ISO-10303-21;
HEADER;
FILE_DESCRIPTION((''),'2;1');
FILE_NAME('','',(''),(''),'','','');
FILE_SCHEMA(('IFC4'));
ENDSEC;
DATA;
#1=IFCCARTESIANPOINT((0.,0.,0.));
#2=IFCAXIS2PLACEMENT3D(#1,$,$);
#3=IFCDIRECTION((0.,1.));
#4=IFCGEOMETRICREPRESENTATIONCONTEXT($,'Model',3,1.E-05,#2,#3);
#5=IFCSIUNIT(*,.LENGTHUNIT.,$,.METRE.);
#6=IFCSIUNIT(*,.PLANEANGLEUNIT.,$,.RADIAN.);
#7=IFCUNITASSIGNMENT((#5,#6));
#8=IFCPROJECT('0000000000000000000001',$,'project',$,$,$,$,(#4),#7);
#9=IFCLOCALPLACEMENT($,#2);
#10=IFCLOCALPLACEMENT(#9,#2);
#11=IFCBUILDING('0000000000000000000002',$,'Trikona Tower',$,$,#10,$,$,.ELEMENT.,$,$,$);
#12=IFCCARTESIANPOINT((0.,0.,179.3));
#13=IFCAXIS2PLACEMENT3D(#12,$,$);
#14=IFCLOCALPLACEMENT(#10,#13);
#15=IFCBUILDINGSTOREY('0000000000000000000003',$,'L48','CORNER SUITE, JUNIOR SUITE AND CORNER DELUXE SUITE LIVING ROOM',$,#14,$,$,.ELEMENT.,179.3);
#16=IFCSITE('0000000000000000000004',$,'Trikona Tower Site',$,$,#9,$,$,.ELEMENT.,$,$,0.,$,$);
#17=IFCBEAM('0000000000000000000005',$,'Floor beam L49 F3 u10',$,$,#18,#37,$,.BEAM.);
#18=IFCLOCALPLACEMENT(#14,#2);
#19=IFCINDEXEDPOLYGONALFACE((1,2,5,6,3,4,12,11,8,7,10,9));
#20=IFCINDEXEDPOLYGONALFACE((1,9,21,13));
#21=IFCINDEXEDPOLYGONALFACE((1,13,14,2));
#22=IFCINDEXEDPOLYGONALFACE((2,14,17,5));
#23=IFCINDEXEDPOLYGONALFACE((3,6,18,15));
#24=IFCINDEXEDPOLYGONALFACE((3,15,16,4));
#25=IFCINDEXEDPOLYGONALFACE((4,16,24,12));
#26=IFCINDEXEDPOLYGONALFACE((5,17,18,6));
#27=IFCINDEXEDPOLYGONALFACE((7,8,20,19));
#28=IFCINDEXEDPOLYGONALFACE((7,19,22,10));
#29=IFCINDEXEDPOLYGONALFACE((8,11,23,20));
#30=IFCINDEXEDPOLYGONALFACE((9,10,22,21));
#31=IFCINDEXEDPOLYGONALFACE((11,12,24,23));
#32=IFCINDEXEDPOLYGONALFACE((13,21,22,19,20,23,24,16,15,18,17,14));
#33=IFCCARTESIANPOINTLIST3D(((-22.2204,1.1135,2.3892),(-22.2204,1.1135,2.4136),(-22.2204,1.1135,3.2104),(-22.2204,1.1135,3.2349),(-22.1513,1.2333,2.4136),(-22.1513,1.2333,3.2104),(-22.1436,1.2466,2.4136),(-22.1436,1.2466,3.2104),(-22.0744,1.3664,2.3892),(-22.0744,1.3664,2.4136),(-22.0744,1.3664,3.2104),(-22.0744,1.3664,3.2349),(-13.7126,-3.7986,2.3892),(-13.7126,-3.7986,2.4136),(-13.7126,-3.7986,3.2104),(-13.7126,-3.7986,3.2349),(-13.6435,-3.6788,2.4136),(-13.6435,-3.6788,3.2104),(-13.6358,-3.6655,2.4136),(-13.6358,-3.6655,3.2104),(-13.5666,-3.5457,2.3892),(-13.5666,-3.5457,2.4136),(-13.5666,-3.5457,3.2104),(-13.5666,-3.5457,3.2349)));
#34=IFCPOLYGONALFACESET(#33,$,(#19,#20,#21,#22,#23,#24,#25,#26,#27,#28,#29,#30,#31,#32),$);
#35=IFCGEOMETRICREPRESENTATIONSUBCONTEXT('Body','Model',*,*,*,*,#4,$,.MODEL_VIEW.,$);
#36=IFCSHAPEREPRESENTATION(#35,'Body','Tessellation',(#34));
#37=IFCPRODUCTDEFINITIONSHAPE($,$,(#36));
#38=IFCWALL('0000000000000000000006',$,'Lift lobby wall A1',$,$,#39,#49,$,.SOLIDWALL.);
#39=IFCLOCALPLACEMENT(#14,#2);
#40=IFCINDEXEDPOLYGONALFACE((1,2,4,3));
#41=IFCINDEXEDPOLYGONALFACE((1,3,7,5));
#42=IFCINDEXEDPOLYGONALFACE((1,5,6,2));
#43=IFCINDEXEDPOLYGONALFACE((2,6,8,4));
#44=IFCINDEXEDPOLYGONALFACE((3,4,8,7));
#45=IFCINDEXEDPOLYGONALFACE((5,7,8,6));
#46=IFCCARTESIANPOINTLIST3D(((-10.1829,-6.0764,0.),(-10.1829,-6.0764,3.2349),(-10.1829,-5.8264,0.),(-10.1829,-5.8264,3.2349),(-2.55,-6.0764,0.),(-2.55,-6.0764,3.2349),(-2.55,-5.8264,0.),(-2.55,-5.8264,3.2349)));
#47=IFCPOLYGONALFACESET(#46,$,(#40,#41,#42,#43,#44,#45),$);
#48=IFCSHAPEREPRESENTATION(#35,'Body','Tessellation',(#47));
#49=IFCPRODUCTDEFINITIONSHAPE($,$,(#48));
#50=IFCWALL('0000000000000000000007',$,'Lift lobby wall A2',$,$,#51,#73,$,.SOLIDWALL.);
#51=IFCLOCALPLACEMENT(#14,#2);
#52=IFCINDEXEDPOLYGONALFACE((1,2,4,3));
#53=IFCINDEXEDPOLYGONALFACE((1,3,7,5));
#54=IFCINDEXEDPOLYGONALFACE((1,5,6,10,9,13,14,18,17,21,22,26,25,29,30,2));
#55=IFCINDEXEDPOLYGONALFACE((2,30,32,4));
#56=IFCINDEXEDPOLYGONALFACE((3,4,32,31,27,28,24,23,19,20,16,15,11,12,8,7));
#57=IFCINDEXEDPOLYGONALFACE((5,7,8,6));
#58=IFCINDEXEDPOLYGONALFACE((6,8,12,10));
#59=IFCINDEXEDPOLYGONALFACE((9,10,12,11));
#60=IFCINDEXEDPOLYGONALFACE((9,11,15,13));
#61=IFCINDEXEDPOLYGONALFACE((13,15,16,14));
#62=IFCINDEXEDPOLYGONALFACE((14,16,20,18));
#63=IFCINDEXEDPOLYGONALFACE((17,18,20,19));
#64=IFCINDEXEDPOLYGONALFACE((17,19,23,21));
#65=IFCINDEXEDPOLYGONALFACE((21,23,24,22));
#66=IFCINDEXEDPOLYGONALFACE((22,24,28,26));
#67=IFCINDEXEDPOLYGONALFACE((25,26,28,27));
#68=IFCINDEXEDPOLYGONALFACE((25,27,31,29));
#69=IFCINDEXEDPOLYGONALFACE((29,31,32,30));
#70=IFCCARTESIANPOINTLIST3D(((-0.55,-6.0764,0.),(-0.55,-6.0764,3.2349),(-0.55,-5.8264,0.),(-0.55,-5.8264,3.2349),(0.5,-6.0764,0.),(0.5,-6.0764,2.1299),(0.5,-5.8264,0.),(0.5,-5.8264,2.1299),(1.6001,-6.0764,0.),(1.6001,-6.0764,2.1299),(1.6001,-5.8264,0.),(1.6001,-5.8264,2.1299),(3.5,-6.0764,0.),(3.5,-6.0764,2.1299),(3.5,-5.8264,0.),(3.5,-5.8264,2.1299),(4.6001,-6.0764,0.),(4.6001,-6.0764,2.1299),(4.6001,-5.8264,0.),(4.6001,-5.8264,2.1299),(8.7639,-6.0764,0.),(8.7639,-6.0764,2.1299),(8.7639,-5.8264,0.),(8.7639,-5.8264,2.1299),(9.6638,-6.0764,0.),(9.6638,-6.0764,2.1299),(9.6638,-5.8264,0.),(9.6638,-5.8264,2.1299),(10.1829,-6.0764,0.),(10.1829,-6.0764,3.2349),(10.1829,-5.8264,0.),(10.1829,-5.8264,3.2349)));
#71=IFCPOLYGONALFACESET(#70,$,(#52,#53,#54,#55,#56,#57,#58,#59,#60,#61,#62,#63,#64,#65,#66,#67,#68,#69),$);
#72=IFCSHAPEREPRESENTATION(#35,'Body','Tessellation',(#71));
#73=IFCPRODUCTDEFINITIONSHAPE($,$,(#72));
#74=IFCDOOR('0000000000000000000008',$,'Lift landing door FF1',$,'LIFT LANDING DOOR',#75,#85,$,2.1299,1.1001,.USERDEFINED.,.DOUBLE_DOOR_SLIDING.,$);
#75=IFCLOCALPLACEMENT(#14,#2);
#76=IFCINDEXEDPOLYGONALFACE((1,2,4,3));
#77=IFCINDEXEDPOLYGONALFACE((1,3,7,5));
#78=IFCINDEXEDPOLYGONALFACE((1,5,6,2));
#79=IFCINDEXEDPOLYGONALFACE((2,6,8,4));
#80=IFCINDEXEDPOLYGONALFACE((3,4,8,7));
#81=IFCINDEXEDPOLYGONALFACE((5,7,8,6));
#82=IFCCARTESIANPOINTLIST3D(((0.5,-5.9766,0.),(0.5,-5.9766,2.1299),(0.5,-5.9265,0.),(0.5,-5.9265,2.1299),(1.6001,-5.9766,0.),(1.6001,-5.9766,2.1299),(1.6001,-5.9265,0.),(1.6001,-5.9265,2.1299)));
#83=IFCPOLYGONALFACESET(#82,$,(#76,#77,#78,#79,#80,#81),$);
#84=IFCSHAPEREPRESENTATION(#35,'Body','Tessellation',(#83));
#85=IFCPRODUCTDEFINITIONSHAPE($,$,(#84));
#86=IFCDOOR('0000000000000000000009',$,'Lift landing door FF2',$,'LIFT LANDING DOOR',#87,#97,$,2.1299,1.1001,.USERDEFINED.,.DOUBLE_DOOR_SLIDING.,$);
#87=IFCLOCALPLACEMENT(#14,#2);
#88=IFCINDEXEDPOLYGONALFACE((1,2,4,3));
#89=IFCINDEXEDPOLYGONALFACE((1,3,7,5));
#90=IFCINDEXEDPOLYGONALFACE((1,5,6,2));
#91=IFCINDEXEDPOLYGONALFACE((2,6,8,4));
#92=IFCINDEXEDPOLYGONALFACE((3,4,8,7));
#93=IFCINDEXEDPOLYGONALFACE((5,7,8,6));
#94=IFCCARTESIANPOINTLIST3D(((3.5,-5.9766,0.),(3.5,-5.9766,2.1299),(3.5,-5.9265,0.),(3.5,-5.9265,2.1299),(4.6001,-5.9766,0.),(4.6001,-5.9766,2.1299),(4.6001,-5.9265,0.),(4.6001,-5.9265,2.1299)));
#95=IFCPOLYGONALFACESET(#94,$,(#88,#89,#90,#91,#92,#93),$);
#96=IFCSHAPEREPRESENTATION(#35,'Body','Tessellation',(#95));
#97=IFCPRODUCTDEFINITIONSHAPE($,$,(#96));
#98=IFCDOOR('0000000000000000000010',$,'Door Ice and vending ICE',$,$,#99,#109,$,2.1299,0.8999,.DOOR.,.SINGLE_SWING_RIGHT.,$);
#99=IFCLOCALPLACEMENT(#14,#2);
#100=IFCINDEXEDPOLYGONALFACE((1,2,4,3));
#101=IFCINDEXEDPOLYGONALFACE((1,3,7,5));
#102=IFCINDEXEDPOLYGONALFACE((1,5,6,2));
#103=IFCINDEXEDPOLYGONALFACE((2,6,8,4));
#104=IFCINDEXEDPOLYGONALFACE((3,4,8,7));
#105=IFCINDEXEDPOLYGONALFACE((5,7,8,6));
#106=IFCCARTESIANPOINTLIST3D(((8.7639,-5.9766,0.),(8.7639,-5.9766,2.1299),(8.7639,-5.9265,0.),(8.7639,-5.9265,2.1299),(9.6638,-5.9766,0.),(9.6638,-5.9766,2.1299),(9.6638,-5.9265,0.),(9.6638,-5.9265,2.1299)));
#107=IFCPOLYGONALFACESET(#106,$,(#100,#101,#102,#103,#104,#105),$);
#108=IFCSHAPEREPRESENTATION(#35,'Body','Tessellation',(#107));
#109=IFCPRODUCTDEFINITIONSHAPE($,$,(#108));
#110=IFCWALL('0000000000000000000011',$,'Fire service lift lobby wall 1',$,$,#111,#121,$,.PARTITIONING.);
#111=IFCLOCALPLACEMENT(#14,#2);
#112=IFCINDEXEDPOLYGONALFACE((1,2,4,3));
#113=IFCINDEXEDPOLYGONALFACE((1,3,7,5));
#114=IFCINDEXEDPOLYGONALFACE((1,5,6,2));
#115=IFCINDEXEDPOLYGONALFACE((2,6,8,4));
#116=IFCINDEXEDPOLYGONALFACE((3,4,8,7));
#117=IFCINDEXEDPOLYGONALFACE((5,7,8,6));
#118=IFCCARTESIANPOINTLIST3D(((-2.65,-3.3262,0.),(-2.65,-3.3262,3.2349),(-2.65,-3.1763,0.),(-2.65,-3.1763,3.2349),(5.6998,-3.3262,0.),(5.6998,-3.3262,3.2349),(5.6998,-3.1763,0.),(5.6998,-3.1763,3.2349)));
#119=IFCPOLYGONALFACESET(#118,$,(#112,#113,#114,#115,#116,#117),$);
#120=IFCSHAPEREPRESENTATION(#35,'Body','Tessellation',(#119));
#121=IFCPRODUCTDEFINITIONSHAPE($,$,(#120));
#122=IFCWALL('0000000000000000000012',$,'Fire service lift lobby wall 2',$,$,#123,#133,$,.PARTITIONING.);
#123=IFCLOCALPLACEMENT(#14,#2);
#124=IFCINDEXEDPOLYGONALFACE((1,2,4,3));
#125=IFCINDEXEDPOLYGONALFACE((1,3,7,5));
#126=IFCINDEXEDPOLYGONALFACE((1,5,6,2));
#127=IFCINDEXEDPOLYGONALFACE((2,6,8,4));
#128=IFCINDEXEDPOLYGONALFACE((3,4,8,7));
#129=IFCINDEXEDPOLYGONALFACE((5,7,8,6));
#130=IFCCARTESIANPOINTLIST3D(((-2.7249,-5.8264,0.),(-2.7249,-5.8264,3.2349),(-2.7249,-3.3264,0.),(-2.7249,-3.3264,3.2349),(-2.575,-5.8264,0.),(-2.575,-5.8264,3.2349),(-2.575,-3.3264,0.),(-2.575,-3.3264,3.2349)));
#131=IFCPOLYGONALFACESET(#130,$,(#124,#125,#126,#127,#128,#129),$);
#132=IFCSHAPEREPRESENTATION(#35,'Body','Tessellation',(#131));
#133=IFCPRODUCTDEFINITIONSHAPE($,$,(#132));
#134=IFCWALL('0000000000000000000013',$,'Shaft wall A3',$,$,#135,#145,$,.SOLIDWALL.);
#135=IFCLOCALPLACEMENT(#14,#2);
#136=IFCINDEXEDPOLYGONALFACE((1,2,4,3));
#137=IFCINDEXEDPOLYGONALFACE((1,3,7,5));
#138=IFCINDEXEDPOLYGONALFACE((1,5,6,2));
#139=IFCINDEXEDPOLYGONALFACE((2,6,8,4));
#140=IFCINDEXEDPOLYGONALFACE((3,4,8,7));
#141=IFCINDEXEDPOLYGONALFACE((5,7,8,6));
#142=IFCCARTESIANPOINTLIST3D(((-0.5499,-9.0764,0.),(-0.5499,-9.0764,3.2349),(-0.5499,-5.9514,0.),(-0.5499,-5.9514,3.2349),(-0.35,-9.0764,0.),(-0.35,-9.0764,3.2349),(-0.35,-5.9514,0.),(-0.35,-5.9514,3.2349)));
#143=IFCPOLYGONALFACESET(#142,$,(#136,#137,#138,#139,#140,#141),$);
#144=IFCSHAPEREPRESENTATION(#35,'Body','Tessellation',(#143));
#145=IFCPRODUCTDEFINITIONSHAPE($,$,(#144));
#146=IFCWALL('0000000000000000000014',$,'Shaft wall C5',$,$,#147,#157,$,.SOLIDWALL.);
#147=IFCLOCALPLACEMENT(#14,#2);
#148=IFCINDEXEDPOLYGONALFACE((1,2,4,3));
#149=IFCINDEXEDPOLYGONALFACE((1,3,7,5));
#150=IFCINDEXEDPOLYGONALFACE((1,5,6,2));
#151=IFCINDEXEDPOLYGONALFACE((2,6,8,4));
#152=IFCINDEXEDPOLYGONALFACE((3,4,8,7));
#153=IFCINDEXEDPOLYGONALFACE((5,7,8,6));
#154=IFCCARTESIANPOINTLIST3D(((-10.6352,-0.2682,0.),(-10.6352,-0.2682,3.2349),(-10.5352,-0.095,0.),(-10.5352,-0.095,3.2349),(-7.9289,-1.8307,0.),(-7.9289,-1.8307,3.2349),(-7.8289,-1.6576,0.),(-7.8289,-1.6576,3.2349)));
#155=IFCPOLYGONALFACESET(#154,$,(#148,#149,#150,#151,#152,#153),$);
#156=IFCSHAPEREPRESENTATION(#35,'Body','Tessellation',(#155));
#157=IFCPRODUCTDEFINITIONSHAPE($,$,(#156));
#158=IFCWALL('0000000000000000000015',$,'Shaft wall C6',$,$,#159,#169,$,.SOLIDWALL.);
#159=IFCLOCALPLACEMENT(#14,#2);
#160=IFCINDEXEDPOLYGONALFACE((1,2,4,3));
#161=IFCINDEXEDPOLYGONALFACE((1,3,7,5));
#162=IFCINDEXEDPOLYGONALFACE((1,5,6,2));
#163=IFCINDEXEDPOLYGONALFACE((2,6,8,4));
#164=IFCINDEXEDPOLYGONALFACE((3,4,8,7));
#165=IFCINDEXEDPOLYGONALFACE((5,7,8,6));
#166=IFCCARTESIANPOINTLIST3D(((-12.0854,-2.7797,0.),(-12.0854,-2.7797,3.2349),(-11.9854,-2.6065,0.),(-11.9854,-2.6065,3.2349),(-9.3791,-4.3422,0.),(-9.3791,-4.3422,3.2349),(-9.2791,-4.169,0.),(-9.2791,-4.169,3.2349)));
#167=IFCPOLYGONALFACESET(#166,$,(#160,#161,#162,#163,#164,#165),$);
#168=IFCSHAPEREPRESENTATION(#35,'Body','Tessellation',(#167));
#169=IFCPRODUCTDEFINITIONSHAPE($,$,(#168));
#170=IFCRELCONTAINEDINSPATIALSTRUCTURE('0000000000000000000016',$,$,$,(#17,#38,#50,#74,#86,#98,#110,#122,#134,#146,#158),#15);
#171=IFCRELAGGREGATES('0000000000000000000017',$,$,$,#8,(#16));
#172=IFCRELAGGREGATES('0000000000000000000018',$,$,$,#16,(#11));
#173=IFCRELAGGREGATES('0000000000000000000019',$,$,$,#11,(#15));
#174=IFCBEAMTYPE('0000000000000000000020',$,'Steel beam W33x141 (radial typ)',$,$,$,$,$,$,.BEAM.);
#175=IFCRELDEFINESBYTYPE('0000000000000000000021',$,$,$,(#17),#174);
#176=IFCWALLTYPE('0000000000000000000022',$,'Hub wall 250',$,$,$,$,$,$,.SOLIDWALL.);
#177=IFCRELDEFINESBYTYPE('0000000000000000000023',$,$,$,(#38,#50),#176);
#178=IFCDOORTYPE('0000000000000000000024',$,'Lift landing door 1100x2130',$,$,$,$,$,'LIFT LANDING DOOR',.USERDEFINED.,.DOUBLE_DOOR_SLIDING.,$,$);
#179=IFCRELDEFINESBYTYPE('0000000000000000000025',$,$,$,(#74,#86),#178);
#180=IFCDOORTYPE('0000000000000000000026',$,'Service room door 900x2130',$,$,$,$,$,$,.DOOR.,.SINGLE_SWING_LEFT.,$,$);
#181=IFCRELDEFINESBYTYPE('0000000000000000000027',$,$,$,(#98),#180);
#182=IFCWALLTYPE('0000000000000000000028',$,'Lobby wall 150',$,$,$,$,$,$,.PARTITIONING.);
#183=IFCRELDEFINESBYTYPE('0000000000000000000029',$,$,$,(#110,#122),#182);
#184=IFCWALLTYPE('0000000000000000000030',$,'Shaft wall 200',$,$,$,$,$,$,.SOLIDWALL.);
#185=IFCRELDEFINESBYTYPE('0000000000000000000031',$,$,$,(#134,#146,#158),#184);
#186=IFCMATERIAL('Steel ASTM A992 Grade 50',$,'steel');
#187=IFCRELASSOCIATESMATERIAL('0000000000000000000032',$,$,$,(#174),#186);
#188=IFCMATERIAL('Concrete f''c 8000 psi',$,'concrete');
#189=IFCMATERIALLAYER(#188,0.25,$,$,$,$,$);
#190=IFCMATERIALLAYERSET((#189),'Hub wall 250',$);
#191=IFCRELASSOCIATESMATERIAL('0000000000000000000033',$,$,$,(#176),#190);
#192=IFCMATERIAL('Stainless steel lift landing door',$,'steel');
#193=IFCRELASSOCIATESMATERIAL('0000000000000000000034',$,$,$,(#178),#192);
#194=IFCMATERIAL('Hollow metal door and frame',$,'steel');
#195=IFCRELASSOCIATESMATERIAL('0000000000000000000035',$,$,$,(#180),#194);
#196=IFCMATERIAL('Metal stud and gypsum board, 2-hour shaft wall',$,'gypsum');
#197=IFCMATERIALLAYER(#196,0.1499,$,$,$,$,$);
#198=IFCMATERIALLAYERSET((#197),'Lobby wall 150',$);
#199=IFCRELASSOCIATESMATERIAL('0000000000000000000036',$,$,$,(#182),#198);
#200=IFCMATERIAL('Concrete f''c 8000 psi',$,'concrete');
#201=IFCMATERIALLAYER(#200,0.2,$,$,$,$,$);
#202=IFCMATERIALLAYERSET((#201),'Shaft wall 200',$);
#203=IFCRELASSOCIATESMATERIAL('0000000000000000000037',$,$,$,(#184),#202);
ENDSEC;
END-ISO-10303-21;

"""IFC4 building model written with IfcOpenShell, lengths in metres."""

from ifc_helpers import new_model, si_unit, direction, frame, frame_2d, origin, origin_2d, place, context, subcontext, project, spatial, rectangle, i_section, extrude, material, layer, layer_set, material_profile, profile_set, type_object, element, fill, save


model = new_model("IFC4")

# Units and contexts
model_context = context("Model", 3, precision=1e-05, world=origin(), true_north=direction((0.0, 1.0)))
body_context = subcontext(model_context, "Body", "Model", "MODEL_VIEW")
ifc_project = project(units=[si_unit("LENGTHUNIT", "METRE"), si_unit("PLANEANGLEUNIT", "RADIAN")], contexts=[model_context])

# Site, building, storey
site_placement = place(None, origin())
site = spatial("IfcSite", under=ifc_project, at=site_placement, Name="Trikona Tower Site", CompositionType="ELEMENT", RefElevation=0.0)
building_placement = place(site_placement, origin())
building = spatial("IfcBuilding", under=site, at=building_placement, Name="Trikona Tower", CompositionType="ELEMENT")
storey_placement = place(building_placement, frame((0.0, 0.0, 179.3)))
storey = spatial("IfcBuildingStorey", under=building, at=storey_placement, Name="L48", Description="CORNER SUITE, JUNIOR SUITE AND CORNER DELUXE SUITE LIVING ROOM", CompositionType="ELEMENT", Elevation=179.3)

# Beam
ifc_material_1 = material(Name="Steel ASTM A992 Grade 50", Category="steel")
ifc_material_profile = material_profile(ifc_material_1, i_section(OverallWidth=0.292, OverallDepth=0.8457, WebThickness=0.0154, FlangeThickness=0.0244, at=origin_2d()), Name="W33X141")
ifc_profile_set = profile_set([ifc_material_profile], Name="Steel ASTM A992 Grade 50")
beam_type = type_object("IfcBeamType", Name="Steel beam W33x141 (radial typ)", PredefinedType="BEAM", material=ifc_profile_set)
beam_placement = place(storey_placement, frame((-13.6396, -3.6721, 2.812), z_axis=(-0.86602, 0.500009, 0.0), x_axis=(-0.500009, -0.86602, 0.0)))
element("IfcBeam", 1, at=beam_placement, inside=storey, type_object=beam_type, Name="Floor beam L49 F3 u10", PredefinedType="BEAM", context=body_context, shape_type="SweptSolid", body=[
    extrude(i_section(OverallWidth=0.292, OverallDepth=0.8457, WebThickness=0.0154, FlangeThickness=0.0244, at=origin_2d()), origin(), (0.0, 0.0, 1.0), 9.824),
])

# Wall
ifc_material_2 = material(Name="Concrete f'c 8000 psi", Category="concrete")
ifc_layer_1 = layer(ifc_material_2, 0.25)
ifc_layer_set_1 = layer_set([ifc_layer_1], Name="Hub wall 250")
wall_type_1 = type_object("IfcWallType", Name="Hub wall 250", PredefinedType="SOLIDWALL", material=ifc_layer_set_1)
wall_1_placement = place(storey_placement, frame((-10.1829, -5.9514, 0.0), z_axis=(0.0, 0.0, 1.0), x_axis=(1.0, 0.0, 0.0)))
element("IfcWall", 2, at=wall_1_placement, inside=storey, type_object=wall_type_1, Name="Lift lobby wall A1", PredefinedType="SOLIDWALL", context=body_context, shape_type="SweptSolid", body=[
    extrude(rectangle(XDim=7.6328, YDim=0.25, at=frame_2d((3.8164, 0.0))), origin(), (0.0, 0.0, 1.0), 3.2349),
])

# Wall, openings, doors
wall_2_placement = place(storey_placement, frame((-0.55, -5.9514, 0.0), z_axis=(0.0, 0.0, 1.0), x_axis=(1.0, 0.0, 0.0)))
wall_2 = element("IfcWall", 3, at=wall_2_placement, inside=storey, type_object=wall_type_1, Name="Lift lobby wall A2", PredefinedType="SOLIDWALL", context=body_context, shape_type="SweptSolid", body=[
    extrude(rectangle(XDim=10.7329, YDim=0.25, at=frame_2d((5.3665, 0.0))), origin(), (0.0, 0.0, 1.0), 3.2349),
])
opening_1_placement = place(wall_2_placement, frame((9.314, 0.0, 0.0)))
opening_1 = element("IfcOpeningElement", 4, at=opening_1_placement, cuts=wall_2, PredefinedType="OPENING", context=body_context, shape_type="SweptSolid", body=[
    extrude(rectangle(XDim=0.8999, YDim=2.1299, at=frame_2d((0.45, 1.0649))), frame((0.0, 0.135, 0.0), z_axis=(0.0, -1.0, 0.0), x_axis=(1.0, 0.0, 0.0)), (0.0, 0.0, 1.0), 0.27),
])
opening_2_placement = place(wall_2_placement, frame((1.05, 0.0, 0.0)))
opening_2 = element("IfcOpeningElement", 5, at=opening_2_placement, cuts=wall_2, PredefinedType="OPENING", context=body_context, shape_type="SweptSolid", body=[
    extrude(rectangle(XDim=1.1001, YDim=2.1299, at=frame_2d((0.55, 1.0649))), frame((0.0, 0.135, 0.0), z_axis=(0.0, -1.0, 0.0), x_axis=(1.0, 0.0, 0.0)), (0.0, 0.0, 1.0), 0.27),
])
opening_3_placement = place(wall_2_placement, frame((4.05, 0.0, 0.0)))
opening_3 = element("IfcOpeningElement", 6, at=opening_3_placement, cuts=wall_2, PredefinedType="OPENING", context=body_context, shape_type="SweptSolid", body=[
    extrude(rectangle(XDim=1.1001, YDim=2.1299, at=frame_2d((0.55, 1.0649))), frame((0.0, 0.135, 0.0), z_axis=(0.0, -1.0, 0.0), x_axis=(1.0, 0.0, 0.0)), (0.0, 0.0, 1.0), 0.27),
])
ifc_material_3 = material(Name="Stainless steel lift landing door", Category="steel")
door_type_1 = type_object("IfcDoorType", Name="Lift landing door 1100x2130", ElementType="LIFT LANDING DOOR", OperationType="DOUBLE_DOOR_SLIDING", PredefinedType="USERDEFINED", material=ifc_material_3)
door_1_placement = place(opening_2_placement, origin())
door_1 = element("IfcDoor", 7, at=door_1_placement, inside=storey, type_object=door_type_1, Name="Lift landing door FF1", ObjectType="LIFT LANDING DOOR", OperationType="DOUBLE_DOOR_SLIDING", OverallHeight=2.1299, OverallWidth=1.1001, PredefinedType="USERDEFINED", context=body_context, shape_type="SweptSolid", body=[
    extrude(rectangle(XDim=1.1001, YDim=2.1299, at=frame_2d((0.55, 1.0649))), frame((0.0, 0.0249, 0.0), z_axis=(0.0, -1.0, 0.0), x_axis=(1.0, 0.0, 0.0)), (0.0, 0.0, 1.0), 0.05),
])
fill(opening_2, door_1)
door_2_placement = place(opening_3_placement, origin())
door_2 = element("IfcDoor", 8, at=door_2_placement, inside=storey, type_object=door_type_1, Name="Lift landing door FF2", ObjectType="LIFT LANDING DOOR", OperationType="DOUBLE_DOOR_SLIDING", OverallHeight=2.1299, OverallWidth=1.1001, PredefinedType="USERDEFINED", context=body_context, shape_type="SweptSolid", body=[
    extrude(rectangle(XDim=1.1001, YDim=2.1299, at=frame_2d((0.55, 1.0649))), frame((0.0, 0.0249, 0.0), z_axis=(0.0, -1.0, 0.0), x_axis=(1.0, 0.0, 0.0)), (0.0, 0.0, 1.0), 0.05),
])
fill(opening_3, door_2)
ifc_material_4 = material(Name="Hollow metal door and frame", Category="steel")
door_type_2 = type_object("IfcDoorType", Name="Service room door 900x2130", OperationType="SINGLE_SWING_LEFT", PredefinedType="DOOR", material=ifc_material_4)
door_3_placement = place(opening_1_placement, origin())
door_3 = element("IfcDoor", 9, at=door_3_placement, inside=storey, type_object=door_type_2, Name="Door Ice and vending ICE", OperationType="SINGLE_SWING_RIGHT", OverallHeight=2.1299, OverallWidth=0.8999, PredefinedType="DOOR", context=body_context, shape_type="SweptSolid", body=[
    extrude(rectangle(XDim=0.8999, YDim=2.1299, at=frame_2d((0.45, 1.0649))), frame((0.0, 0.0249, 0.0), z_axis=(0.0, -1.0, 0.0), x_axis=(1.0, 0.0, 0.0)), (0.0, 0.0, 1.0), 0.05),
])
fill(opening_1, door_3)

# Walls
ifc_material_5 = material(Name="Metal stud and gypsum board, 2-hour shaft wall", Category="gypsum")
ifc_layer_2 = layer(ifc_material_5, 0.1499)
ifc_layer_set_2 = layer_set([ifc_layer_2], Name="Lobby wall 150")
wall_type_2 = type_object("IfcWallType", Name="Lobby wall 150", PredefinedType="PARTITIONING", material=ifc_layer_set_2)
wall_3_placement = place(storey_placement, frame((-2.6499, -3.2512, 0.0), z_axis=(0.0, 0.0, 1.0), x_axis=(1.0, 0.0, 0.0)))
element("IfcWall", 10, at=wall_3_placement, inside=storey, type_object=wall_type_2, Name="Fire service lift lobby wall 1", PredefinedType="PARTITIONING", context=body_context, shape_type="SweptSolid", body=[
    extrude(rectangle(XDim=8.3499, YDim=0.1499, at=frame_2d((4.1748, 0.0))), origin(), (0.0, 0.0, 1.0), 3.2349),
])
wall_4_placement = place(storey_placement, frame((-2.6499, -5.8264, 0.0), z_axis=(0.0, 0.0, 1.0), x_axis=(0.0, 1.0, 0.0)))
element("IfcWall", 11, at=wall_4_placement, inside=storey, type_object=wall_type_2, Name="Fire service lift lobby wall 2", PredefinedType="PARTITIONING", context=body_context, shape_type="SweptSolid", body=[
    extrude(rectangle(XDim=2.5, YDim=0.1499, at=frame_2d((1.25, 0.0))), origin(), (0.0, 0.0, 1.0), 3.2349),
])
ifc_material_6 = material(Name="Concrete f'c 8000 psi", Category="concrete")
ifc_layer_3 = layer(ifc_material_6, 0.2)
ifc_layer_set_3 = layer_set([ifc_layer_3], Name="Shaft wall 200")
wall_type_3 = type_object("IfcWallType", Name="Shaft wall 200", PredefinedType="SOLIDWALL", material=ifc_layer_set_3)
for number, where, z_axis, x_axis, name in (
    (12, (-0.45, -5.9514, 0.0), (0.0, 0.0, 1.0), (0.0, -1.0, 0.0), "Shaft wall A3"),
    (13, (-7.8789, -1.7441, 0.0), (0.0, 0.0, 1.0), (-0.866023, 0.500004, 0.0), "Shaft wall C5"),
    (14, (-9.3291, -4.2556, 0.0), (0.0, 0.0, 1.0), (-0.866023, 0.500004, 0.0), "Shaft wall C6"),
):
    element("IfcWall", number, at=place(storey_placement, frame(where, z_axis=z_axis, x_axis=x_axis)), inside=storey, type_object=wall_type_3, Name=name, PredefinedType="SOLIDWALL", context=body_context, shape_type="SweptSolid", body=[
        extrude(rectangle(XDim=3.125, YDim=0.2, at=frame_2d((1.5625, 0.0))), origin(), (0.0, 0.0, 1.0), 3.2349),
    ])

save(model, "model.ifc")
